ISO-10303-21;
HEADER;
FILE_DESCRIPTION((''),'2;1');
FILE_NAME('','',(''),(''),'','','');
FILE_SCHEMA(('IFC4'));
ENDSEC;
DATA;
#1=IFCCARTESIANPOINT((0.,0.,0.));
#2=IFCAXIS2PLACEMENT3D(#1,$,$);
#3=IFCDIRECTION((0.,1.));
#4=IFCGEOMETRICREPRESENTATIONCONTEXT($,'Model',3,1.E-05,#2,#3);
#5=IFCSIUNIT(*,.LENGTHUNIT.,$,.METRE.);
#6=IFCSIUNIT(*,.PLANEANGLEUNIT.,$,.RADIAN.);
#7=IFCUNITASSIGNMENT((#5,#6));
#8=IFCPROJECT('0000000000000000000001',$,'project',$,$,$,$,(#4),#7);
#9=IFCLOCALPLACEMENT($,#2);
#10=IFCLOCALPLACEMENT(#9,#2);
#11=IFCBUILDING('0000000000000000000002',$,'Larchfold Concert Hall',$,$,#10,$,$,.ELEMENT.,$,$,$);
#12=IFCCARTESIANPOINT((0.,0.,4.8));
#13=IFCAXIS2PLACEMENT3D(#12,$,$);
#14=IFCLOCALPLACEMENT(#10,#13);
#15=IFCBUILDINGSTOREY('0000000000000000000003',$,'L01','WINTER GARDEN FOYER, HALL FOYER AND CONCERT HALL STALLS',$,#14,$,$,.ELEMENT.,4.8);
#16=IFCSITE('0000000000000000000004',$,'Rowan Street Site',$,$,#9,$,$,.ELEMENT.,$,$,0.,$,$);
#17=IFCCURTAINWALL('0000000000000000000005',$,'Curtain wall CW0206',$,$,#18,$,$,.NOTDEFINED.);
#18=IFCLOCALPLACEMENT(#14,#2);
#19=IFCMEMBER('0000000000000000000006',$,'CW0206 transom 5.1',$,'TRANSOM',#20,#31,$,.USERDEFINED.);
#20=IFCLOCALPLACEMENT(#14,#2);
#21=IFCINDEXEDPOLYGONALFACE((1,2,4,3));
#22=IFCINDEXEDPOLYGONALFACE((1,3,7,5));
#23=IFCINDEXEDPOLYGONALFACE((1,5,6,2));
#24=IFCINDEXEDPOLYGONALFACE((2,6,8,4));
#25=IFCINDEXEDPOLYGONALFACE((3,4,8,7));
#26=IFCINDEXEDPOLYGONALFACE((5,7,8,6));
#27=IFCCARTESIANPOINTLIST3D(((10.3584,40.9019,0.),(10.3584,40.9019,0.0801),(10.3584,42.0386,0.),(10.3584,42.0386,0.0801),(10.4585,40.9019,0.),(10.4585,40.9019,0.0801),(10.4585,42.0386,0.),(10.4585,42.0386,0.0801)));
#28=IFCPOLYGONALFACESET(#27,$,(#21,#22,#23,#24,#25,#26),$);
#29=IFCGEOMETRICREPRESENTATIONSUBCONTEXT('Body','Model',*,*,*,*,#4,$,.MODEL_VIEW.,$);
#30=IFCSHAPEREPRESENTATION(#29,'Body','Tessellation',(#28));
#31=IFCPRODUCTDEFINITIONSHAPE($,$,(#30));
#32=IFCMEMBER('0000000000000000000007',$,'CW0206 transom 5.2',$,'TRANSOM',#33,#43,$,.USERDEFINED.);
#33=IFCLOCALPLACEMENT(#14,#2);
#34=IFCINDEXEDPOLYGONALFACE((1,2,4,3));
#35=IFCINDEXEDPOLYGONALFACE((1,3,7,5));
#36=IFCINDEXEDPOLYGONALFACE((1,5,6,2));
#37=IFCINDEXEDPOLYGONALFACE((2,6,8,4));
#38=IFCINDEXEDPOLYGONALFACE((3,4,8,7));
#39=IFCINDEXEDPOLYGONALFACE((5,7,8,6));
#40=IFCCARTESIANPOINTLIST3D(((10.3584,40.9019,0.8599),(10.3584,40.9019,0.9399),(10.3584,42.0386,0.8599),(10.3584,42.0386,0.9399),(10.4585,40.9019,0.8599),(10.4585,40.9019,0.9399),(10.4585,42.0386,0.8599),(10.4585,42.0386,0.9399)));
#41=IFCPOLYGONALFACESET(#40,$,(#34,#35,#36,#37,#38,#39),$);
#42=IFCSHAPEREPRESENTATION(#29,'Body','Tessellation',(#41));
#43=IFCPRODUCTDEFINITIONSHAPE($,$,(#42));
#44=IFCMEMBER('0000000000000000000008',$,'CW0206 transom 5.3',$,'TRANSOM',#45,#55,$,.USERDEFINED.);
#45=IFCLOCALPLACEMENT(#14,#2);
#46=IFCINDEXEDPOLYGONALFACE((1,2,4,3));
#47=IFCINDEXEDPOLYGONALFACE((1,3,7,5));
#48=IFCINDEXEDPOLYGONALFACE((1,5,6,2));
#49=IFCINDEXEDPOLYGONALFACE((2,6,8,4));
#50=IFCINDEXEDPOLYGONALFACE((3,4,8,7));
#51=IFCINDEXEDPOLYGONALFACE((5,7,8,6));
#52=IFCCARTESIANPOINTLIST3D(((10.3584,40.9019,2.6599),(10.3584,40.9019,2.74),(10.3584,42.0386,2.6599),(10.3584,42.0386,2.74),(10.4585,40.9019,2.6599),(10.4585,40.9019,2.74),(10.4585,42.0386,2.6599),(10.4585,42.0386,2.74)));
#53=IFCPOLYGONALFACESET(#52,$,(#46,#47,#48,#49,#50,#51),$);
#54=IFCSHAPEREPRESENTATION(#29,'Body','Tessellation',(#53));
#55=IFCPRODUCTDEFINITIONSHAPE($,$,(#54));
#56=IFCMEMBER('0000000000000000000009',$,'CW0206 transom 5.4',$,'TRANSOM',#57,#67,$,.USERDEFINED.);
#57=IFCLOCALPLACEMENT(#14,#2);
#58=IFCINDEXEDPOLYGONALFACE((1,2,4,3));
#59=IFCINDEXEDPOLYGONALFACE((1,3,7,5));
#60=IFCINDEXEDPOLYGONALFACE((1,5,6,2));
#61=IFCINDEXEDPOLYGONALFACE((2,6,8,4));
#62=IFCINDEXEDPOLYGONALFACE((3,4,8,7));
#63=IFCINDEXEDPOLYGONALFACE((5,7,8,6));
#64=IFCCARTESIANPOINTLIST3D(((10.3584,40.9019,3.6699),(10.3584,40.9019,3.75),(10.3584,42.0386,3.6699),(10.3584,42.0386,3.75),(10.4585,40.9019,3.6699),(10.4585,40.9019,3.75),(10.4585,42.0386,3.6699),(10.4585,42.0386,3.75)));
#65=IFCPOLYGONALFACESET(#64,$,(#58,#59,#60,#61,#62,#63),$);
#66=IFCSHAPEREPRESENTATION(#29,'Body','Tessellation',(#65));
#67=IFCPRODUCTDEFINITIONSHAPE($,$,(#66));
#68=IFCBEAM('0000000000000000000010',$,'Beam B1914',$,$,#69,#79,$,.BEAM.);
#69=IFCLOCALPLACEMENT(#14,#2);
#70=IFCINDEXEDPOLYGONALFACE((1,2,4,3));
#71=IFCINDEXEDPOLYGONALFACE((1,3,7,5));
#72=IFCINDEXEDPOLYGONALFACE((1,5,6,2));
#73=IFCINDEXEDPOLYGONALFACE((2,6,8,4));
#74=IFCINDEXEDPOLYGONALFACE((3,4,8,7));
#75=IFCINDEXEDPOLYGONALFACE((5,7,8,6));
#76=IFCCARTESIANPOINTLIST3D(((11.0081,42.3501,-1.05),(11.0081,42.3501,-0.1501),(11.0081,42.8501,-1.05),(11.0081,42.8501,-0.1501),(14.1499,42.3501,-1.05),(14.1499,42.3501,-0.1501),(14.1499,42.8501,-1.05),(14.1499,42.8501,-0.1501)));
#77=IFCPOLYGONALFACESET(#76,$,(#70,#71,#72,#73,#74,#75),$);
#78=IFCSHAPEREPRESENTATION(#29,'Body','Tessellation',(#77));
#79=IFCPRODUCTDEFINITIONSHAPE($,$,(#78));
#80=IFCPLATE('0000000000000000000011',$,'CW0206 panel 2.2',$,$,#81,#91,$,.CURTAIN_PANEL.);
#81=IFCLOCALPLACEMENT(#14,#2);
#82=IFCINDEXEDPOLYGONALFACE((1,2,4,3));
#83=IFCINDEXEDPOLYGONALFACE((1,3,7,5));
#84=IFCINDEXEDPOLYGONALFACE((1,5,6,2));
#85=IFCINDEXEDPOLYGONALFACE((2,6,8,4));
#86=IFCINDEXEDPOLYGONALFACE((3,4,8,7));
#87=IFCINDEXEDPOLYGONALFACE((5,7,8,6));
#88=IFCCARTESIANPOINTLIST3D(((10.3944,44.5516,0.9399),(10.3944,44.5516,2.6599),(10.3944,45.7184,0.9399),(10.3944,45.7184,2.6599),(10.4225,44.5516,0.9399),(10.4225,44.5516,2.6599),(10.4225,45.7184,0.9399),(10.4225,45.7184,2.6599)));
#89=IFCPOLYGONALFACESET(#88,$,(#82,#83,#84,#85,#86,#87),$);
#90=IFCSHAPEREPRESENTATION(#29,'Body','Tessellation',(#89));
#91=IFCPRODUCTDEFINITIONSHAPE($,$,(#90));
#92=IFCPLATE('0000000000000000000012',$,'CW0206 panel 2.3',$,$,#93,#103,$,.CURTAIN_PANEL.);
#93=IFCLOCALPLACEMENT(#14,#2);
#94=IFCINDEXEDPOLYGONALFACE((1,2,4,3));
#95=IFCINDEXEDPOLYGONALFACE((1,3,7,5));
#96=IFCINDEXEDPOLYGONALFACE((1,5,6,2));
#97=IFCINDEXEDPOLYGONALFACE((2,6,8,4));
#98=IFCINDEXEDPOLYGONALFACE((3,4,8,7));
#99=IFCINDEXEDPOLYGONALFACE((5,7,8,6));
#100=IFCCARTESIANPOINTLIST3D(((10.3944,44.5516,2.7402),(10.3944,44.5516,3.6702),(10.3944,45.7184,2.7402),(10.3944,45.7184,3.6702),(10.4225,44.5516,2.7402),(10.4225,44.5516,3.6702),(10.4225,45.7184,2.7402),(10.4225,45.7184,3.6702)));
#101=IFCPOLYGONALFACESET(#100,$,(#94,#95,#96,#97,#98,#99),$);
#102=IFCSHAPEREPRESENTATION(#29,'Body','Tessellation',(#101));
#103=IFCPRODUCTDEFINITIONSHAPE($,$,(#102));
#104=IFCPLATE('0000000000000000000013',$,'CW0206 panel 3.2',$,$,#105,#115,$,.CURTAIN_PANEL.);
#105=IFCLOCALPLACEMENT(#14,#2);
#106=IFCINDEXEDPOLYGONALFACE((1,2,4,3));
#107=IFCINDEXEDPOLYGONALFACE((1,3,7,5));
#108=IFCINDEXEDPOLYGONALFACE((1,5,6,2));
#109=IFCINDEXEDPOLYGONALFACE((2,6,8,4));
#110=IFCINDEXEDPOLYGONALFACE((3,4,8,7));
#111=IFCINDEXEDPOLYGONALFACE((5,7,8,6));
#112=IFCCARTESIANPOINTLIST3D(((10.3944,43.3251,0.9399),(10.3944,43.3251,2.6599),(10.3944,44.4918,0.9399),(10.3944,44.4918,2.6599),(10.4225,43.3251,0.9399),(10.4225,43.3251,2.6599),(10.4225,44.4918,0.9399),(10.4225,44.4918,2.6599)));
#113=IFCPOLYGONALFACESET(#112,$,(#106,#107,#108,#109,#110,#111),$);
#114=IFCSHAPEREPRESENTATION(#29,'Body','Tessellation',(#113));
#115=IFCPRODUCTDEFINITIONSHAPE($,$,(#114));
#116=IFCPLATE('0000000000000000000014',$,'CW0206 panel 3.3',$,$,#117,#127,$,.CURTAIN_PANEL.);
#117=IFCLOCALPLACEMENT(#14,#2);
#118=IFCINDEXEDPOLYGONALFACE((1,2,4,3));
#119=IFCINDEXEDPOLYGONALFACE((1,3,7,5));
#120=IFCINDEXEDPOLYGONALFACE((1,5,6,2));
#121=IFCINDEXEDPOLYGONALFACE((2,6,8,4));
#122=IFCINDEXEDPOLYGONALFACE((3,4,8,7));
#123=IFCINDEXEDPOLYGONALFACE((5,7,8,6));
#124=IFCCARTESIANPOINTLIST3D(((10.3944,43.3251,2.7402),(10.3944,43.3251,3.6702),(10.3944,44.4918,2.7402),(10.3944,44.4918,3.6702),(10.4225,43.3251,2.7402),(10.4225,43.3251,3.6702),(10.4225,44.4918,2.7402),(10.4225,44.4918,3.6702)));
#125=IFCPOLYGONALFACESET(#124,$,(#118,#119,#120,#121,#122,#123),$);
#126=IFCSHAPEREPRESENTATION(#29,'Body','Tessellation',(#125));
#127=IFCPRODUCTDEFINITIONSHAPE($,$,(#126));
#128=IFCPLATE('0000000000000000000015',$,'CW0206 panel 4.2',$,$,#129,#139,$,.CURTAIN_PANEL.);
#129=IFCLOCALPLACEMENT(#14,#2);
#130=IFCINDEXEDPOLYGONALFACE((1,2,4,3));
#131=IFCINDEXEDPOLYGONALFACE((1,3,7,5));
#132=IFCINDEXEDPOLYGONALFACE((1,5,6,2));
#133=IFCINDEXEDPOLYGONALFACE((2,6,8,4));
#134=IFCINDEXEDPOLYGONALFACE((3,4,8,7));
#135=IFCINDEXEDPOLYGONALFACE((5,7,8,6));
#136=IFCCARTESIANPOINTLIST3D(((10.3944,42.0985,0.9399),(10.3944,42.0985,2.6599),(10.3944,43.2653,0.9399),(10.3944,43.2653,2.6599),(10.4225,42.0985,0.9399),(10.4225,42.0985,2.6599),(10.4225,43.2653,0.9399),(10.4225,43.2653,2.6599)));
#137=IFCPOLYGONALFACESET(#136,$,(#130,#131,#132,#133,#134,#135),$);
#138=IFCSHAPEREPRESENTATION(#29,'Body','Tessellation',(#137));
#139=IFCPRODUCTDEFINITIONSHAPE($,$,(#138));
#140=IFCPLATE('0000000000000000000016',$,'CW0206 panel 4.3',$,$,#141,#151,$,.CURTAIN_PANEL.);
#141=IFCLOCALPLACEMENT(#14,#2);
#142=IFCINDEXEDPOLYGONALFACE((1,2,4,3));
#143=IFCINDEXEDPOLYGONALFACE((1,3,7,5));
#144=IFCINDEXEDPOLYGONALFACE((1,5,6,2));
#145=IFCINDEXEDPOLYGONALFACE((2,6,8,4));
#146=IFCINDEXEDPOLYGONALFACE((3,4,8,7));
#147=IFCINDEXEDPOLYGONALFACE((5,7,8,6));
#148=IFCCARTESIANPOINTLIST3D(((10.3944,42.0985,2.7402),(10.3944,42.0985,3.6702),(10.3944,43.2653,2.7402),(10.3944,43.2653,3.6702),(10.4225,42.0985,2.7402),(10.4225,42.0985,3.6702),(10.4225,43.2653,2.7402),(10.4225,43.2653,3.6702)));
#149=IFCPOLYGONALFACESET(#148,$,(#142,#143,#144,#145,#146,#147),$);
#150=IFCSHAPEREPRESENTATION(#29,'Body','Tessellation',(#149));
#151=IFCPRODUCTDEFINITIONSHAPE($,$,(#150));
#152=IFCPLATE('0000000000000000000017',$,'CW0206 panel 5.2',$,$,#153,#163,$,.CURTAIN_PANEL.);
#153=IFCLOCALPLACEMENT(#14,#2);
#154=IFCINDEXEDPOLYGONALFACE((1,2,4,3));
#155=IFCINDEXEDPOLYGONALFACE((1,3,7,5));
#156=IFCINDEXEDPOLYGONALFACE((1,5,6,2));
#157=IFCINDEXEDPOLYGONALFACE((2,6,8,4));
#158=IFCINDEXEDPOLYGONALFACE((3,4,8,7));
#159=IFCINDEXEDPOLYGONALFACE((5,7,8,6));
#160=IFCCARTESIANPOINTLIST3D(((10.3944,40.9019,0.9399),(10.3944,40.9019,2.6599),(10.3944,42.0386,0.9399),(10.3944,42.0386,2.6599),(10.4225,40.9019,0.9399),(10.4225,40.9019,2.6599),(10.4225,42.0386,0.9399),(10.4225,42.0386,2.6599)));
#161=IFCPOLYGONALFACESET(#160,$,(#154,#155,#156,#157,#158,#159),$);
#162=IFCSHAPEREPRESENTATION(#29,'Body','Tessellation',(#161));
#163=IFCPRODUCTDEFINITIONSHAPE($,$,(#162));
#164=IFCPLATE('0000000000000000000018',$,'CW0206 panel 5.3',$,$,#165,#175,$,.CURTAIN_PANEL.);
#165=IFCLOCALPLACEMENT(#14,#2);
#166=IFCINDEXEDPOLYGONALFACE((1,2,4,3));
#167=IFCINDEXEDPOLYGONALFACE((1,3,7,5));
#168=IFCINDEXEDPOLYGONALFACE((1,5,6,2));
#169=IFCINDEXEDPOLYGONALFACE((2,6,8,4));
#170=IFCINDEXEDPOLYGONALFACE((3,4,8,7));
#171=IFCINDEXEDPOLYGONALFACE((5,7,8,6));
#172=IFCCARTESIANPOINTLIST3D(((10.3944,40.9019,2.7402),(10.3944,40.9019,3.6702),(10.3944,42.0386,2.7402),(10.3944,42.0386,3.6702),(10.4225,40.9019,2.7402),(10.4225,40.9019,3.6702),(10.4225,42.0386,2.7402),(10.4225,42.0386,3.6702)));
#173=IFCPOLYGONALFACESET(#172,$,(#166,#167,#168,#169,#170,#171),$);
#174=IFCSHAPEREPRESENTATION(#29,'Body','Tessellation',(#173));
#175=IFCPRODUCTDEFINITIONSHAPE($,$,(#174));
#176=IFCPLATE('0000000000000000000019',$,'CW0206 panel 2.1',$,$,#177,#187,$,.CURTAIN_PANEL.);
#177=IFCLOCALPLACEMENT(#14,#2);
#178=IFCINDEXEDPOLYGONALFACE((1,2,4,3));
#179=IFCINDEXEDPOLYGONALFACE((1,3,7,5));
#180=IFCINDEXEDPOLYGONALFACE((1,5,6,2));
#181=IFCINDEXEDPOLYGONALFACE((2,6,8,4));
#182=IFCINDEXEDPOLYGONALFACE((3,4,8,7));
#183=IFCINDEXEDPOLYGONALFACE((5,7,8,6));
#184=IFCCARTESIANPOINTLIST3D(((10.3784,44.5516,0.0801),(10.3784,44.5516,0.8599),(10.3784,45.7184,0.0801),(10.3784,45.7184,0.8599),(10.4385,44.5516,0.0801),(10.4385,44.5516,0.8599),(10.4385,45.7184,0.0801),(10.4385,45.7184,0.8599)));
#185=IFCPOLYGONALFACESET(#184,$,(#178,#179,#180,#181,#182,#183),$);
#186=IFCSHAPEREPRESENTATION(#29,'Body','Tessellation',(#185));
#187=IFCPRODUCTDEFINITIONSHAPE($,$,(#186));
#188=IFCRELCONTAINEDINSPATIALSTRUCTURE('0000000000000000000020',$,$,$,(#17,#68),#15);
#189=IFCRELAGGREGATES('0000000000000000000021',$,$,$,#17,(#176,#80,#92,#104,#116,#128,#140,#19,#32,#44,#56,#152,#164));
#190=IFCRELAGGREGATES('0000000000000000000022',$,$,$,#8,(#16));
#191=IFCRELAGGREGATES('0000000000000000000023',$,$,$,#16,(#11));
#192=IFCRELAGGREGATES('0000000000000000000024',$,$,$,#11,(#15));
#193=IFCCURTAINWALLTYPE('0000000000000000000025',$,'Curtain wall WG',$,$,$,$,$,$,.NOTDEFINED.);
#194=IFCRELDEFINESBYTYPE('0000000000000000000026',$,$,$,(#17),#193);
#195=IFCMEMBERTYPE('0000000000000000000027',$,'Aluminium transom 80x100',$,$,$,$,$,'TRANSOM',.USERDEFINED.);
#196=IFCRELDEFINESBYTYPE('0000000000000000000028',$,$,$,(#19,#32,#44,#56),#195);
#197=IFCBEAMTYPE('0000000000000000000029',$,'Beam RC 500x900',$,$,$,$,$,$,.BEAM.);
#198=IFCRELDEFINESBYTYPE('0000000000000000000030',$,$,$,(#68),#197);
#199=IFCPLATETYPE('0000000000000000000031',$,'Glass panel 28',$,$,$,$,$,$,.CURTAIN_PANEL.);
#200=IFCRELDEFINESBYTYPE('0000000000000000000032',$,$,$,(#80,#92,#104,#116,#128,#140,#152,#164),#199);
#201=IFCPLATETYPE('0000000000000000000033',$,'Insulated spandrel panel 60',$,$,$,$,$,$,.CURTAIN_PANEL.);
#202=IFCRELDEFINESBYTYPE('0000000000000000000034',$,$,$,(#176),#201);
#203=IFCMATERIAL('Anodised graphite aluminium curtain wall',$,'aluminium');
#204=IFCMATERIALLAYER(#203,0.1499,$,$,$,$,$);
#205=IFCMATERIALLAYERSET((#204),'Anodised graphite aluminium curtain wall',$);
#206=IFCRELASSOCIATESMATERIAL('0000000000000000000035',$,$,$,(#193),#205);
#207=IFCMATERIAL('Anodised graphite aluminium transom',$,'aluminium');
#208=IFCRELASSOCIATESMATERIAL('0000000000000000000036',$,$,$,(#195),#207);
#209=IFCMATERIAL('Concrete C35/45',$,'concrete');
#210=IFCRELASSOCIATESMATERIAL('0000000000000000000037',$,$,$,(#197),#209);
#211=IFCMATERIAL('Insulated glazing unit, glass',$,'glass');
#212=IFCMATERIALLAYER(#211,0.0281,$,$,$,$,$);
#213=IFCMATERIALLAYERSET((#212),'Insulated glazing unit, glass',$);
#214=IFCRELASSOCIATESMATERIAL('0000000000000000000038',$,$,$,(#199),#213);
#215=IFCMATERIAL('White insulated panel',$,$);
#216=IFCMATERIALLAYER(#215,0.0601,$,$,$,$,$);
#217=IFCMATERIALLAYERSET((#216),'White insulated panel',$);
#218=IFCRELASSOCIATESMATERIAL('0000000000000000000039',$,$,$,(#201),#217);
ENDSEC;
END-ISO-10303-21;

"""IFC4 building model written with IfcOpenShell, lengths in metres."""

from ifc_helpers import new_model, si_unit, direction, frame, origin, origin_2d, place, context, subcontext, project, spatial, rectangle, extrude, material, layer, layer_set, material_profile, profile_set, type_object, element, aggregate, save


model = new_model("IFC4")

# Units and contexts
model_context = context("Model", 3, precision=1e-05, world=origin(), true_north=direction((0.0, 1.0)))
body_context = subcontext(model_context, "Body", "Model", "MODEL_VIEW")
ifc_project = project(units=[si_unit("LENGTHUNIT", "METRE"), si_unit("PLANEANGLEUNIT", "RADIAN")], contexts=[model_context])

# Site, building, storey
site_placement = place(None, origin())
site = spatial("IfcSite", under=ifc_project, at=site_placement, Name="Rowan Street Site", CompositionType="ELEMENT", RefElevation=0.0)
building_placement = place(site_placement, origin())
building = spatial("IfcBuilding", under=site, at=building_placement, Name="Larchfold Concert Hall", CompositionType="ELEMENT")
storey_placement = place(building_placement, frame((0.0, 0.0, 4.8)))
storey = spatial("IfcBuildingStorey", under=building, at=storey_placement, Name="L01", Description="WINTER GARDEN FOYER, HALL FOYER AND CONCERT HALL STALLS", CompositionType="ELEMENT", Elevation=4.8)

# Curtain wall, members
ifc_material_1 = material(Name="Anodised graphite aluminium curtain wall", Category="aluminium")
ifc_layer_1 = layer(ifc_material_1, 0.1499)
ifc_layer_set_1 = layer_set([ifc_layer_1], Name="Anodised graphite aluminium curtain wall")
curtain_wall_type = type_object("IfcCurtainWallType", Name="Curtain wall WG", PredefinedType="NOTDEFINED", material=ifc_layer_set_1)
curtain_wall_placement = place(storey_placement, origin())
curtain_wall = element("IfcCurtainWall", 1, at=curtain_wall_placement, inside=storey, type_object=curtain_wall_type, Name="Curtain wall CW0206", PredefinedType="NOTDEFINED")
ifc_material_2 = material(Name="Anodised graphite aluminium transom", Category="aluminium")
ifc_material_profile_1 = material_profile(ifc_material_2, rectangle(XDim=0.1001, YDim=0.0801, at=origin_2d()))
ifc_profile_set_1 = profile_set([ifc_material_profile_1], Name="Anodised graphite aluminium transom")
member_type_1 = type_object("IfcMemberType", Name="Aluminium transom 80x100", ElementType="TRANSOM", PredefinedType="USERDEFINED", material=ifc_profile_set_1)
member_1_placement = place(storey_placement, frame((10.4084, 42.0386, 0.04), z_axis=(0.0, -1.0, 0.0), x_axis=(1.0, 0.0, 0.0)))
member_1 = element("IfcMember", 2, at=member_1_placement, type_object=member_type_1, Name="CW0206 transom 5.1", ObjectType="TRANSOM", PredefinedType="USERDEFINED", context=body_context, shape_type="SweptSolid", body=[
    extrude(rectangle(XDim=0.1001, YDim=0.0801, at=origin_2d()), origin(), (0.0, 0.0, 1.0), 1.1367),
])
member_2_placement = place(storey_placement, frame((10.4084, 42.0386, 0.8999), z_axis=(0.0, -1.0, 0.0), x_axis=(1.0, 0.0, 0.0)))
member_2 = element("IfcMember", 3, at=member_2_placement, type_object=member_type_1, Name="CW0206 transom 5.2", ObjectType="TRANSOM", PredefinedType="USERDEFINED", context=body_context, shape_type="SweptSolid", body=[
    extrude(rectangle(XDim=0.1001, YDim=0.0801, at=origin_2d()), origin(), (0.0, 0.0, 1.0), 1.1367),
])
member_3_placement = place(storey_placement, frame((10.4084, 42.0386, 2.7), z_axis=(0.0, -1.0, 0.0), x_axis=(1.0, 0.0, 0.0)))
member_3 = element("IfcMember", 4, at=member_3_placement, type_object=member_type_1, Name="CW0206 transom 5.3", ObjectType="TRANSOM", PredefinedType="USERDEFINED", context=body_context, shape_type="SweptSolid", body=[
    extrude(rectangle(XDim=0.1001, YDim=0.0801, at=origin_2d()), origin(), (0.0, 0.0, 1.0), 1.1367),
])
member_4_placement = place(storey_placement, frame((10.4084, 42.0386, 3.71), z_axis=(0.0, -1.0, 0.0), x_axis=(1.0, 0.0, 0.0)))
member_4 = element("IfcMember", 5, at=member_4_placement, type_object=member_type_1, Name="CW0206 transom 5.4", ObjectType="TRANSOM", PredefinedType="USERDEFINED", context=body_context, shape_type="SweptSolid", body=[
    extrude(rectangle(XDim=0.1001, YDim=0.0801, at=origin_2d()), origin(), (0.0, 0.0, 1.0), 1.1367),
])

# Beam
ifc_material_3 = material(Name="Concrete C35/45", Category="concrete")
ifc_material_profile_2 = material_profile(ifc_material_3, rectangle(XDim=0.5, YDim=0.8999, at=origin_2d()))
ifc_profile_set_2 = profile_set([ifc_material_profile_2], Name="Concrete C35/45")
beam_type = type_object("IfcBeamType", Name="Beam RC 500x900", PredefinedType="BEAM", material=ifc_profile_set_2)
beam_placement = place(storey_placement, frame((11.0081, 42.6001, -0.6001), z_axis=(1.0, 0.0, 0.0), x_axis=(0.0, 1.0, 0.0)))
element("IfcBeam", 6, at=beam_placement, inside=storey, type_object=beam_type, Name="Beam B1914", PredefinedType="BEAM", context=body_context, shape_type="SweptSolid", body=[
    extrude(rectangle(XDim=0.5, YDim=0.8999, at=origin_2d()), origin(), (0.0, 0.0, 1.0), 3.1418),
])

# Plates
ifc_material_4 = material(Name="Insulated glazing unit, glass", Category="glass")
ifc_layer_2 = layer(ifc_material_4, 0.0281)
ifc_layer_set_2 = layer_set([ifc_layer_2], Name="Insulated glazing unit, glass")
plate_type_1 = type_object("IfcPlateType", Name="Glass panel 28", PredefinedType="CURTAIN_PANEL", material=ifc_layer_set_2)
plate_1_placement = place(storey_placement, frame((10.4084, 45.135, 0.9399), z_axis=(0.0, 0.0, 1.0), x_axis=(0.0, -1.0, 0.0)))
plate_1 = element("IfcPlate", 7, at=plate_1_placement, type_object=plate_type_1, Name="CW0206 panel 2.2", PredefinedType="CURTAIN_PANEL", context=body_context, shape_type="SweptSolid", body=[
    extrude(rectangle(XDim=1.1667, YDim=0.0281, at=origin_2d()), origin(), (0.0, 0.0, 1.0), 1.72),
])
plate_2_placement = place(storey_placement, frame((10.4084, 45.135, 2.7402), z_axis=(0.0, 0.0, 1.0), x_axis=(0.0, -1.0, 0.0)))
plate_2 = element("IfcPlate", 8, at=plate_2_placement, type_object=plate_type_1, Name="CW0206 panel 2.3", PredefinedType="CURTAIN_PANEL", context=body_context, shape_type="SweptSolid", body=[
    extrude(rectangle(XDim=1.1667, YDim=0.0281, at=origin_2d()), origin(), (0.0, 0.0, 1.0), 0.9299),
])
plate_3_placement = place(storey_placement, frame((10.4084, 43.9084, 0.9399), z_axis=(0.0, 0.0, 1.0), x_axis=(0.0, -1.0, 0.0)))
plate_3 = element("IfcPlate", 9, at=plate_3_placement, type_object=plate_type_1, Name="CW0206 panel 3.2", PredefinedType="CURTAIN_PANEL", context=body_context, shape_type="SweptSolid", body=[
    extrude(rectangle(XDim=1.1667, YDim=0.0281, at=origin_2d()), origin(), (0.0, 0.0, 1.0), 1.72),
])
plate_4_placement = place(storey_placement, frame((10.4084, 43.9084, 2.7402), z_axis=(0.0, 0.0, 1.0), x_axis=(0.0, -1.0, 0.0)))
plate_4 = element("IfcPlate", 10, at=plate_4_placement, type_object=plate_type_1, Name="CW0206 panel 3.3", PredefinedType="CURTAIN_PANEL", context=body_context, shape_type="SweptSolid", body=[
    extrude(rectangle(XDim=1.1667, YDim=0.0281, at=origin_2d()), origin(), (0.0, 0.0, 1.0), 0.9299),
])
plate_5_placement = place(storey_placement, frame((10.4084, 42.6819, 0.9399), z_axis=(0.0, 0.0, 1.0), x_axis=(0.0, -1.0, 0.0)))
plate_5 = element("IfcPlate", 11, at=plate_5_placement, type_object=plate_type_1, Name="CW0206 panel 4.2", PredefinedType="CURTAIN_PANEL", context=body_context, shape_type="SweptSolid", body=[
    extrude(rectangle(XDim=1.1667, YDim=0.0281, at=origin_2d()), origin(), (0.0, 0.0, 1.0), 1.72),
])
plate_6_placement = place(storey_placement, frame((10.4084, 42.6819, 2.7402), z_axis=(0.0, 0.0, 1.0), x_axis=(0.0, -1.0, 0.0)))
plate_6 = element("IfcPlate", 12, at=plate_6_placement, type_object=plate_type_1, Name="CW0206 panel 4.3", PredefinedType="CURTAIN_PANEL", context=body_context, shape_type="SweptSolid", body=[
    extrude(rectangle(XDim=1.1667, YDim=0.0281, at=origin_2d()), origin(), (0.0, 0.0, 1.0), 0.9299),
])
plate_7_placement = place(storey_placement, frame((10.4084, 41.4702, 0.9399), z_axis=(0.0, 0.0, 1.0), x_axis=(0.0, -1.0, 0.0)))
plate_7 = element("IfcPlate", 13, at=plate_7_placement, type_object=plate_type_1, Name="CW0206 panel 5.2", PredefinedType="CURTAIN_PANEL", context=body_context, shape_type="SweptSolid", body=[
    extrude(rectangle(XDim=1.1367, YDim=0.0281, at=origin_2d()), origin(), (0.0, 0.0, 1.0), 1.72),
])
plate_8_placement = place(storey_placement, frame((10.4084, 41.4702, 2.7402), z_axis=(0.0, 0.0, 1.0), x_axis=(0.0, -1.0, 0.0)))
plate_8 = element("IfcPlate", 14, at=plate_8_placement, type_object=plate_type_1, Name="CW0206 panel 5.3", PredefinedType="CURTAIN_PANEL", context=body_context, shape_type="SweptSolid", body=[
    extrude(rectangle(XDim=1.1367, YDim=0.0281, at=origin_2d()), origin(), (0.0, 0.0, 1.0), 0.9299),
])
ifc_material_5 = material(Name="White insulated panel")
ifc_layer_3 = layer(ifc_material_5, 0.0601)
ifc_layer_set_3 = layer_set([ifc_layer_3], Name="White insulated panel")
plate_type_2 = type_object("IfcPlateType", Name="Insulated spandrel panel 60", PredefinedType="CURTAIN_PANEL", material=ifc_layer_set_3)
plate_9_placement = place(storey_placement, frame((10.4084, 45.135, 0.0801), z_axis=(0.0, 0.0, 1.0), x_axis=(0.0, -1.0, 0.0)))
plate_9 = element("IfcPlate", 15, at=plate_9_placement, type_object=plate_type_2, Name="CW0206 panel 2.1", PredefinedType="CURTAIN_PANEL", context=body_context, shape_type="SweptSolid", body=[
    extrude(rectangle(XDim=1.1667, YDim=0.0601, at=origin_2d()), origin(), (0.0, 0.0, 1.0), 0.7798),
])
aggregate(curtain_wall, [plate_9, plate_1, plate_2, plate_3, plate_4, plate_5, plate_6, member_1, member_2, member_3, member_4, plate_7, plate_8])

save(model, "model.ifc")
